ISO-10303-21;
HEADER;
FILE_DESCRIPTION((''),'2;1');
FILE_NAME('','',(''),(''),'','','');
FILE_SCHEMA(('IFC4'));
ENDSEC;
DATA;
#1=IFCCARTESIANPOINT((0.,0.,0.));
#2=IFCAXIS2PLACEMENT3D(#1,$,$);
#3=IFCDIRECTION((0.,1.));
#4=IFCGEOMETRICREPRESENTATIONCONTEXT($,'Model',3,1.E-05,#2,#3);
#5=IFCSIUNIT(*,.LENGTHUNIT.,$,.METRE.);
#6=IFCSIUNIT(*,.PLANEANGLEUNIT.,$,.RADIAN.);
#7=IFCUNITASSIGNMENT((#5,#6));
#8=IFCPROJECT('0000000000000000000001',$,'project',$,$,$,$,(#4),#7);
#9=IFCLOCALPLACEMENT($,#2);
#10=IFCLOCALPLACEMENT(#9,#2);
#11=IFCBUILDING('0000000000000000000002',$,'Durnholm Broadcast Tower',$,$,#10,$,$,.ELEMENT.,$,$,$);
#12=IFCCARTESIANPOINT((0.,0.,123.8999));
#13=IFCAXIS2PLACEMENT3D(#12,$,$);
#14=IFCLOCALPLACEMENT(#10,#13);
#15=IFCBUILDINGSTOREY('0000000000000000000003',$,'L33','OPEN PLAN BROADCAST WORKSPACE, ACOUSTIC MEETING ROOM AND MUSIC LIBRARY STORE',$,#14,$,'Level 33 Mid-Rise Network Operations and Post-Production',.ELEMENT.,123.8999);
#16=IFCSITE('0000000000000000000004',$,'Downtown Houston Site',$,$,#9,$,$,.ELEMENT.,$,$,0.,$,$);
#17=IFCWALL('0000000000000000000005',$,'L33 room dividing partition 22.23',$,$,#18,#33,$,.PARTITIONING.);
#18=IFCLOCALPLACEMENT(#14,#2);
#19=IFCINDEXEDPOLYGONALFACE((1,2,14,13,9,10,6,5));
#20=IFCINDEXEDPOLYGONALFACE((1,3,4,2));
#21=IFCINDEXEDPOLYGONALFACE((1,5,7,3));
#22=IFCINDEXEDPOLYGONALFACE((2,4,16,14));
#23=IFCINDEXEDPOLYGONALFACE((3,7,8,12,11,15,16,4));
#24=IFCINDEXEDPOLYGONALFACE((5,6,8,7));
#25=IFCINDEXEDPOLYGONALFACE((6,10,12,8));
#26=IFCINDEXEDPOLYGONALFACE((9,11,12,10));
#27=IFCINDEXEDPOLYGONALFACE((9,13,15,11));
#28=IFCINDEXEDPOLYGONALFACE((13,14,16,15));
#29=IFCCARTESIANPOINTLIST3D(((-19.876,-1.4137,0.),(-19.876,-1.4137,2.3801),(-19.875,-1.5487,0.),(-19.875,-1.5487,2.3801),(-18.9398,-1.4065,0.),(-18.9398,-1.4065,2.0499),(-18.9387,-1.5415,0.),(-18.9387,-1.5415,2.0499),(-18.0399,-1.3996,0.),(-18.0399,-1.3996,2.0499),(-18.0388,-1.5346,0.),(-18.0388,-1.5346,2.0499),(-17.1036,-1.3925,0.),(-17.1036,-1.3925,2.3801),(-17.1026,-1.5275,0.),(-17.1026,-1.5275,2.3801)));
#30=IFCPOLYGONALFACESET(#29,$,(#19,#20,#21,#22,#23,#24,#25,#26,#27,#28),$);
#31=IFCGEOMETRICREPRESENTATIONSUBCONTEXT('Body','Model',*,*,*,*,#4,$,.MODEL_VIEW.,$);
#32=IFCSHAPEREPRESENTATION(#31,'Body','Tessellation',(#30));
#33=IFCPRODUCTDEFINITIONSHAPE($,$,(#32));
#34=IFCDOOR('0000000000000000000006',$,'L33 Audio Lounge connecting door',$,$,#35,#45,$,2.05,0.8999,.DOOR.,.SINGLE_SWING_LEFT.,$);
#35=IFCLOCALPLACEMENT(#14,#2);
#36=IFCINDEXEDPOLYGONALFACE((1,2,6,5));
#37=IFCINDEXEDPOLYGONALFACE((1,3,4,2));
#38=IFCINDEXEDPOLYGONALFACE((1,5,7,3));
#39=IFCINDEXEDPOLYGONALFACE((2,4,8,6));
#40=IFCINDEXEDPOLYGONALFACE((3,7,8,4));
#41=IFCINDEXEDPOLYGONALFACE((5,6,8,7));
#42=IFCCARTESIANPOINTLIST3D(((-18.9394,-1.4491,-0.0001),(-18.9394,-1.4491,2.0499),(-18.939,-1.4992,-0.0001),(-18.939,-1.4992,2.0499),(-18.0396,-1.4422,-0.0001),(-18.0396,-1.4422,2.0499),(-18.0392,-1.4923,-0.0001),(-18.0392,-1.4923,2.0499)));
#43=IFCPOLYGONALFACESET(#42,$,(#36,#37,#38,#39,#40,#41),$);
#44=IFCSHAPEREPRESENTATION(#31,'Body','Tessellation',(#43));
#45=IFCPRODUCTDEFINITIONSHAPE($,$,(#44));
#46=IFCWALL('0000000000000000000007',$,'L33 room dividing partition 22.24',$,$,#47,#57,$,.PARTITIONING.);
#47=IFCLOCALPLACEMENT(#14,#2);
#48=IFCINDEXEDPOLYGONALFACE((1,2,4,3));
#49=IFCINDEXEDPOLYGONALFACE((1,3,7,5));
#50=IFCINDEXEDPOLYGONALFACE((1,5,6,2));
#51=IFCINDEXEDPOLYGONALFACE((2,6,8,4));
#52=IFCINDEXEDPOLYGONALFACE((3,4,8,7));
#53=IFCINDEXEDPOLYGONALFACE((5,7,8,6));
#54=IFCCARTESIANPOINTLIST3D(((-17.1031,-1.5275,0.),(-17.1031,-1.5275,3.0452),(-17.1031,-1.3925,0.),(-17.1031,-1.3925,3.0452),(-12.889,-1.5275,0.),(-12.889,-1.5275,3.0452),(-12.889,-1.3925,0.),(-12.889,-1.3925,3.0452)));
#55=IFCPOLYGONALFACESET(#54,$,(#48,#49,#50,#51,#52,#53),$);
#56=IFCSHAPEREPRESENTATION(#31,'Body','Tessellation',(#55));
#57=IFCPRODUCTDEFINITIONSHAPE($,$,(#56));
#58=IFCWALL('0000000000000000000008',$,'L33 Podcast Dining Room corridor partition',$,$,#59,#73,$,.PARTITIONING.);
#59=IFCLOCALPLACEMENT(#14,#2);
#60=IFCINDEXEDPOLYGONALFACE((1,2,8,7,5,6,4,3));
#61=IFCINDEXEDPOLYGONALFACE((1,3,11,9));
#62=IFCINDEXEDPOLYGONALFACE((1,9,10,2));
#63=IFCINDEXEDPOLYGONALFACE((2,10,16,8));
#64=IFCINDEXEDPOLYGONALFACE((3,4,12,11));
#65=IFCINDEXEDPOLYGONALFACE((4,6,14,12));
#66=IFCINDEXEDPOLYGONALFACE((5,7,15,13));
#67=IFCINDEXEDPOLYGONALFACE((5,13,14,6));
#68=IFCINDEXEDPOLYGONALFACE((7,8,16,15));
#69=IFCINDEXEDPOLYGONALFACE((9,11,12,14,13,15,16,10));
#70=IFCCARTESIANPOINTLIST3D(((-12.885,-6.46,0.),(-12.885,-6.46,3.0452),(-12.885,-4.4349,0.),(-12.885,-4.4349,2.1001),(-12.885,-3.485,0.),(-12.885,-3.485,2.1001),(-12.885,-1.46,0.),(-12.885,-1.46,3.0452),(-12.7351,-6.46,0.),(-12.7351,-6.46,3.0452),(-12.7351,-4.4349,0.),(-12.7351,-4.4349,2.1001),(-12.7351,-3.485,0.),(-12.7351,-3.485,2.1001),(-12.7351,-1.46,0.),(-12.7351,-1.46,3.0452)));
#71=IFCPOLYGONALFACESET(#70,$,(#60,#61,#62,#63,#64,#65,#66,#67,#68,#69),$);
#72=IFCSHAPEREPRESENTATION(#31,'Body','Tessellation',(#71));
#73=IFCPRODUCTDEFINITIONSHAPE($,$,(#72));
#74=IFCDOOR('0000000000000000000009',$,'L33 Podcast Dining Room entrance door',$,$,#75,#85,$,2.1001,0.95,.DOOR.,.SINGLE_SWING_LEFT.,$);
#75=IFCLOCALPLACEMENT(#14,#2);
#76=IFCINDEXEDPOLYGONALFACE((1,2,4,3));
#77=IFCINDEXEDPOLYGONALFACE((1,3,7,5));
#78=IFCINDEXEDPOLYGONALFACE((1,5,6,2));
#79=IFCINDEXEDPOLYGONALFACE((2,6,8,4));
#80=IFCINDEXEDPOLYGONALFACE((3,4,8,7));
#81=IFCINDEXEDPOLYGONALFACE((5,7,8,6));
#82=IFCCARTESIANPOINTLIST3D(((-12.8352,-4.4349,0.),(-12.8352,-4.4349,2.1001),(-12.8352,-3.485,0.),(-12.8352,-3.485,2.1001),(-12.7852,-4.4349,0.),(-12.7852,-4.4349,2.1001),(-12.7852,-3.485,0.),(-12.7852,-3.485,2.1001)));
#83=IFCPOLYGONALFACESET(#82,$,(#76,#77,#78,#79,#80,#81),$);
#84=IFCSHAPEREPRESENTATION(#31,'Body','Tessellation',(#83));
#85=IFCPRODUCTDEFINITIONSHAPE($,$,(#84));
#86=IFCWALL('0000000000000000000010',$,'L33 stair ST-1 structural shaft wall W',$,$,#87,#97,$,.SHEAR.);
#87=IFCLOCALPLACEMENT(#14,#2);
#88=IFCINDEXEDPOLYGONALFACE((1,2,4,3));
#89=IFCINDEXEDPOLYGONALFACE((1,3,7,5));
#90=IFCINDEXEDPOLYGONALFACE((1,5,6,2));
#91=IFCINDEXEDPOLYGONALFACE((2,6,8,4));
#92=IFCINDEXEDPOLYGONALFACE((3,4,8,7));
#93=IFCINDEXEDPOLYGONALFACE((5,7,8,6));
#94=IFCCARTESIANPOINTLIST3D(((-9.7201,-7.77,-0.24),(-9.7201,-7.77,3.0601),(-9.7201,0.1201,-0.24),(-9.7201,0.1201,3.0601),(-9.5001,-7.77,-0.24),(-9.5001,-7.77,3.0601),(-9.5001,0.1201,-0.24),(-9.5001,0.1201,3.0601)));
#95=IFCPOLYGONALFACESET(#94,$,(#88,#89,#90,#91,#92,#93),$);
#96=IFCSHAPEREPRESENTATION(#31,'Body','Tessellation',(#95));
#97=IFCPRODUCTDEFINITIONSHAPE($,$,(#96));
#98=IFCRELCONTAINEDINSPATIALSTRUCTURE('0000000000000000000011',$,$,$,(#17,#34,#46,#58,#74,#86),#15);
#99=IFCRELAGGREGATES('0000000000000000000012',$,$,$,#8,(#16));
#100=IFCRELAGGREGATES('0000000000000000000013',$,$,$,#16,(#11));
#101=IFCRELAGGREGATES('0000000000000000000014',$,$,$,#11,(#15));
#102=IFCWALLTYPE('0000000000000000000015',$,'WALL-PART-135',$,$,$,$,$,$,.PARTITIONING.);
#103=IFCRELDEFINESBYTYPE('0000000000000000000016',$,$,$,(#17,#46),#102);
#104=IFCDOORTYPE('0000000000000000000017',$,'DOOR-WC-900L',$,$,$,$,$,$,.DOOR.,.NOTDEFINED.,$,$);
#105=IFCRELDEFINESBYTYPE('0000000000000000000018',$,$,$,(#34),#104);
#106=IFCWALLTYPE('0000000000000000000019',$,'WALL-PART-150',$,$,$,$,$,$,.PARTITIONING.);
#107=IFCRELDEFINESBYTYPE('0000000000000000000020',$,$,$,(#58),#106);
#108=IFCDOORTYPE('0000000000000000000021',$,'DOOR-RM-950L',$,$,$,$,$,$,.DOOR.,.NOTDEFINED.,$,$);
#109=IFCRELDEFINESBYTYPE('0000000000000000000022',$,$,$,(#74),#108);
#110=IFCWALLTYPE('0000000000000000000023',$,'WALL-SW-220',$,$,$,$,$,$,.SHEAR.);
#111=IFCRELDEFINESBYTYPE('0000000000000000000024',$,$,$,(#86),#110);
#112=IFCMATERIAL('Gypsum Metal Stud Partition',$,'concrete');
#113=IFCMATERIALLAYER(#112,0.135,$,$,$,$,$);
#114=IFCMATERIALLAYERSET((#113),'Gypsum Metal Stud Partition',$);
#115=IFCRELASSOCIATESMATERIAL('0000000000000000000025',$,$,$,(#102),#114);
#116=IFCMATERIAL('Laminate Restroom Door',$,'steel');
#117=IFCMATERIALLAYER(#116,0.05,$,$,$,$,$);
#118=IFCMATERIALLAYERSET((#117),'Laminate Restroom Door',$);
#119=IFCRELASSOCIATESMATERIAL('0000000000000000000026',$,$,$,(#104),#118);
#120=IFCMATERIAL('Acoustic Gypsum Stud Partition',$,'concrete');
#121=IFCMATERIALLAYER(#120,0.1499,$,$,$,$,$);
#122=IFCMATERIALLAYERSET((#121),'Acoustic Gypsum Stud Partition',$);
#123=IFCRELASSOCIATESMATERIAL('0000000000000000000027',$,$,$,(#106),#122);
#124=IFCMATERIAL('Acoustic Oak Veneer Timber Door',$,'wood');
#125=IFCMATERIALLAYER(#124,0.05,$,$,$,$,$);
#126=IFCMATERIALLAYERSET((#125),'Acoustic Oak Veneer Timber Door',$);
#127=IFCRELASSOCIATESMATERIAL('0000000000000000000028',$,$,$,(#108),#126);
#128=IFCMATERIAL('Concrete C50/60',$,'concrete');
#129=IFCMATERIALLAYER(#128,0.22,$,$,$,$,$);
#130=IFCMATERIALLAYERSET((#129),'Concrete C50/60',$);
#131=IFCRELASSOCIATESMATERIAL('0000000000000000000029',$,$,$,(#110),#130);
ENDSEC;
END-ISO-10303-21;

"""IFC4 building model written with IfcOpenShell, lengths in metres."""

from ifc_helpers import new_model, si_unit, direction, frame, frame_2d, origin, place, context, subcontext, project, spatial, rectangle, extrude, source, transform, mapped, material, layer, layer_set, type_object, type_shapes, element, fill, save


model = new_model("IFC4")

# Units and contexts
model_context = context("Model", 3, precision=1e-05, world=origin(), true_north=direction((0.0, 1.0)))
body_context = subcontext(model_context, "Body", "Model", "MODEL_VIEW")
ifc_project = project(units=[si_unit("LENGTHUNIT", "METRE"), si_unit("PLANEANGLEUNIT", "RADIAN")], contexts=[model_context])

# Site, building, storey
site_placement = place(None, origin())
site = spatial("IfcSite", under=ifc_project, at=site_placement, Name="Downtown Houston Site", CompositionType="ELEMENT", RefElevation=0.0)
building_placement = place(site_placement, origin())
building = spatial("IfcBuilding", under=site, at=building_placement, Name="Durnholm Broadcast Tower", CompositionType="ELEMENT")
storey_placement = place(building_placement, frame((0.0, 0.0, 123.8999)))
storey = spatial("IfcBuildingStorey", under=building, at=storey_placement, Name="L33", Description="OPEN PLAN BROADCAST WORKSPACE, ACOUSTIC MEETING ROOM AND MUSIC LIBRARY STORE", LongName="Level 33 Mid-Rise Network Operations and Post-Production", CompositionType="ELEMENT", Elevation=123.8999)

# Shared definitions
ifc_material_1 = material(Name="Gypsum Metal Stud Partition", Category="concrete")
ifc_layer_1 = layer(ifc_material_1, 0.135)
ifc_layer_set_1 = layer_set([ifc_layer_1], Name="Gypsum Metal Stud Partition")
wall_type_1 = type_object("IfcWallType", Name="WALL-PART-135", PredefinedType="PARTITIONING", material=ifc_layer_set_1)

# Wall, opening, door
wall_1_placement = place(storey_placement, frame((-19.8755, -1.4812, 0.0), z_axis=(0.0, 0.0, 1.0), x_axis=(0.999971, 0.007661, 0.0)))
wall_1 = element("IfcWall", 1, at=wall_1_placement, inside=storey, type_object=wall_type_1, Name="L33 room dividing partition 22.23", PredefinedType="PARTITIONING", context=body_context, shape_type="SweptSolid", body=[
    extrude(rectangle(XDim=2.7725, YDim=0.135, at=frame_2d((1.3862, 0.0))), origin(), (0.0, 0.0, 1.0), 2.3801),
])
opening_1_placement = place(wall_1_placement, frame((0.9363, 0.0, 0.0)))
opening_1 = element("IfcOpeningElement", 2, at=opening_1_placement, cuts=wall_1, PredefinedType="OPENING", context=body_context, shape_type="SweptSolid", body=[
    extrude(rectangle(XDim=0.8999, YDim=2.05, at=frame_2d((0.45, 1.0249))), frame((0.0, 0.0776, 0.0), z_axis=(0.0, -1.0, 0.0), x_axis=(1.0, 0.0, 0.0)), (0.0, 0.0, 1.0), 0.155),
])
ifc_material_2 = material(Name="Laminate Restroom Door", Category="steel")
ifc_layer_2 = layer(ifc_material_2, 0.05)
ifc_layer_set_2 = layer_set([ifc_layer_2], Name="Laminate Restroom Door")
door_type_1 = type_object("IfcDoorType", Name="DOOR-WC-900L", OperationType="NOTDEFINED", PredefinedType="DOOR", material=ifc_layer_set_2)
shared_shape_1 = source(origin(), body_context, "Body", "SweptSolid", [
    extrude(rectangle(XDim=0.8999, YDim=2.05, at=frame_2d((0.45, 1.0249))), frame((0.0, 0.0249, 0.0), z_axis=(0.0, -1.0, 0.0), x_axis=(1.0, 0.0, 0.0)), (0.0, 0.0, 1.0), 0.05),
])
type_shapes(door_type_1, [shared_shape_1])
door_1_placement = place(opening_1_placement, origin())
door_1 = element("IfcDoor", 3, at=door_1_placement, inside=storey, type_object=door_type_1, Name="L33 Audio Lounge connecting door", OperationType="SINGLE_SWING_LEFT", OverallHeight=2.05, OverallWidth=0.8999, PredefinedType="DOOR", context=body_context, shape_type="MappedRepresentation", body=[
    mapped(shared_shape_1, transform((0.0, 0.0, 0.0), x_axis=(1.0, 0.0, 0.0), y_axis=(0.0, 1.0, 0.0), z_axis=(0.0, 0.0, 1.0), scale=1.0)),
])
fill(opening_1, door_1)

# Wall
wall_2_placement = place(storey_placement, frame((-17.103, -1.46, 0.0), z_axis=(0.0, 0.0, 1.0), x_axis=(1.0, 0.0, 0.0)))
element("IfcWall", 4, at=wall_2_placement, inside=storey, type_object=wall_type_1, Name="L33 room dividing partition 22.24", PredefinedType="PARTITIONING", context=body_context, shape_type="SweptSolid", body=[
    extrude(rectangle(XDim=4.2141, YDim=0.135, at=frame_2d((2.1069, 0.0))), origin(), (0.0, 0.0, 1.0), 3.0452),
])

# Wall, opening, door
ifc_material_3 = material(Name="Acoustic Gypsum Stud Partition", Category="concrete")
ifc_layer_3 = layer(ifc_material_3, 0.1499)
ifc_layer_set_3 = layer_set([ifc_layer_3], Name="Acoustic Gypsum Stud Partition")
wall_type_2 = type_object("IfcWallType", Name="WALL-PART-150", PredefinedType="PARTITIONING", material=ifc_layer_set_3)
wall_3_placement = place(storey_placement, frame((-12.8101, -1.46, 0.0), z_axis=(0.0, 0.0, 1.0), x_axis=(0.0, -1.0, 0.0)))
wall_3 = element("IfcWall", 5, at=wall_3_placement, inside=storey, type_object=wall_type_2, Name="L33 Podcast Dining Room corridor partition", PredefinedType="PARTITIONING", context=body_context, shape_type="SweptSolid", body=[
    extrude(rectangle(XDim=5.0, YDim=0.1499, at=frame_2d((2.5, 0.0))), origin(), (0.0, 0.0, 1.0), 3.0452),
])
opening_2_placement = place(wall_3_placement, frame((2.0249, 0.0, 0.0)))
opening_2 = element("IfcOpeningElement", 6, at=opening_2_placement, cuts=wall_3, PredefinedType="OPENING", context=body_context, shape_type="SweptSolid", body=[
    extrude(rectangle(XDim=0.95, YDim=2.1001, at=frame_2d((0.4751, 1.05))), frame((0.0, 0.085, 0.0), z_axis=(0.0, -1.0, 0.0), x_axis=(1.0, 0.0, 0.0)), (0.0, 0.0, 1.0), 0.1699),
])
ifc_material_4 = material(Name="Acoustic Oak Veneer Timber Door", Category="wood")
ifc_layer_4 = layer(ifc_material_4, 0.05)
ifc_layer_set_4 = layer_set([ifc_layer_4], Name="Acoustic Oak Veneer Timber Door")
door_type_2 = type_object("IfcDoorType", Name="DOOR-RM-950L", OperationType="NOTDEFINED", PredefinedType="DOOR", material=ifc_layer_set_4)
shared_shape_2 = source(origin(), body_context, "Body", "SweptSolid", [
    extrude(rectangle(XDim=0.95, YDim=2.1001, at=frame_2d((0.4751, 1.05))), frame((0.0, 0.0249, 0.0), z_axis=(0.0, -1.0, 0.0), x_axis=(1.0, 0.0, 0.0)), (0.0, 0.0, 1.0), 0.05),
])
type_shapes(door_type_2, [shared_shape_2])
door_2_placement = place(opening_2_placement, origin())
door_2 = element("IfcDoor", 7, at=door_2_placement, inside=storey, type_object=door_type_2, Name="L33 Podcast Dining Room entrance door", OperationType="SINGLE_SWING_LEFT", OverallHeight=2.1001, OverallWidth=0.95, PredefinedType="DOOR", context=body_context, shape_type="MappedRepresentation", body=[
    mapped(shared_shape_2, transform((0.0, 0.0, 0.0), x_axis=(1.0, 0.0, 0.0), y_axis=(0.0, 1.0, 0.0), z_axis=(0.0, 0.0, 1.0), scale=1.0)),
])
fill(opening_2, door_2)

# Wall
ifc_material_5 = material(Name="Concrete C50/60", Category="concrete")
ifc_layer_5 = layer(ifc_material_5, 0.22)
ifc_layer_set_5 = layer_set([ifc_layer_5], Name="Concrete C50/60")
wall_type_3 = type_object("IfcWallType", Name="WALL-SW-220", PredefinedType="SHEAR", material=ifc_layer_set_5)
wall_4_placement = place(storey_placement, frame((-9.6101, 0.1201, -0.24), z_axis=(0.0, 0.0, 1.0), x_axis=(0.0, -1.0, 0.0)))
element("IfcWall", 8, at=wall_4_placement, inside=storey, type_object=wall_type_3, Name="L33 stair ST-1 structural shaft wall W", PredefinedType="SHEAR", context=body_context, shape_type="SweptSolid", body=[
    extrude(rectangle(XDim=7.8901, YDim=0.22, at=frame_2d((3.9451, 0.0))), origin(), (0.0, 0.0, 1.0), 3.3),
])

save(model, "model.ifc")
